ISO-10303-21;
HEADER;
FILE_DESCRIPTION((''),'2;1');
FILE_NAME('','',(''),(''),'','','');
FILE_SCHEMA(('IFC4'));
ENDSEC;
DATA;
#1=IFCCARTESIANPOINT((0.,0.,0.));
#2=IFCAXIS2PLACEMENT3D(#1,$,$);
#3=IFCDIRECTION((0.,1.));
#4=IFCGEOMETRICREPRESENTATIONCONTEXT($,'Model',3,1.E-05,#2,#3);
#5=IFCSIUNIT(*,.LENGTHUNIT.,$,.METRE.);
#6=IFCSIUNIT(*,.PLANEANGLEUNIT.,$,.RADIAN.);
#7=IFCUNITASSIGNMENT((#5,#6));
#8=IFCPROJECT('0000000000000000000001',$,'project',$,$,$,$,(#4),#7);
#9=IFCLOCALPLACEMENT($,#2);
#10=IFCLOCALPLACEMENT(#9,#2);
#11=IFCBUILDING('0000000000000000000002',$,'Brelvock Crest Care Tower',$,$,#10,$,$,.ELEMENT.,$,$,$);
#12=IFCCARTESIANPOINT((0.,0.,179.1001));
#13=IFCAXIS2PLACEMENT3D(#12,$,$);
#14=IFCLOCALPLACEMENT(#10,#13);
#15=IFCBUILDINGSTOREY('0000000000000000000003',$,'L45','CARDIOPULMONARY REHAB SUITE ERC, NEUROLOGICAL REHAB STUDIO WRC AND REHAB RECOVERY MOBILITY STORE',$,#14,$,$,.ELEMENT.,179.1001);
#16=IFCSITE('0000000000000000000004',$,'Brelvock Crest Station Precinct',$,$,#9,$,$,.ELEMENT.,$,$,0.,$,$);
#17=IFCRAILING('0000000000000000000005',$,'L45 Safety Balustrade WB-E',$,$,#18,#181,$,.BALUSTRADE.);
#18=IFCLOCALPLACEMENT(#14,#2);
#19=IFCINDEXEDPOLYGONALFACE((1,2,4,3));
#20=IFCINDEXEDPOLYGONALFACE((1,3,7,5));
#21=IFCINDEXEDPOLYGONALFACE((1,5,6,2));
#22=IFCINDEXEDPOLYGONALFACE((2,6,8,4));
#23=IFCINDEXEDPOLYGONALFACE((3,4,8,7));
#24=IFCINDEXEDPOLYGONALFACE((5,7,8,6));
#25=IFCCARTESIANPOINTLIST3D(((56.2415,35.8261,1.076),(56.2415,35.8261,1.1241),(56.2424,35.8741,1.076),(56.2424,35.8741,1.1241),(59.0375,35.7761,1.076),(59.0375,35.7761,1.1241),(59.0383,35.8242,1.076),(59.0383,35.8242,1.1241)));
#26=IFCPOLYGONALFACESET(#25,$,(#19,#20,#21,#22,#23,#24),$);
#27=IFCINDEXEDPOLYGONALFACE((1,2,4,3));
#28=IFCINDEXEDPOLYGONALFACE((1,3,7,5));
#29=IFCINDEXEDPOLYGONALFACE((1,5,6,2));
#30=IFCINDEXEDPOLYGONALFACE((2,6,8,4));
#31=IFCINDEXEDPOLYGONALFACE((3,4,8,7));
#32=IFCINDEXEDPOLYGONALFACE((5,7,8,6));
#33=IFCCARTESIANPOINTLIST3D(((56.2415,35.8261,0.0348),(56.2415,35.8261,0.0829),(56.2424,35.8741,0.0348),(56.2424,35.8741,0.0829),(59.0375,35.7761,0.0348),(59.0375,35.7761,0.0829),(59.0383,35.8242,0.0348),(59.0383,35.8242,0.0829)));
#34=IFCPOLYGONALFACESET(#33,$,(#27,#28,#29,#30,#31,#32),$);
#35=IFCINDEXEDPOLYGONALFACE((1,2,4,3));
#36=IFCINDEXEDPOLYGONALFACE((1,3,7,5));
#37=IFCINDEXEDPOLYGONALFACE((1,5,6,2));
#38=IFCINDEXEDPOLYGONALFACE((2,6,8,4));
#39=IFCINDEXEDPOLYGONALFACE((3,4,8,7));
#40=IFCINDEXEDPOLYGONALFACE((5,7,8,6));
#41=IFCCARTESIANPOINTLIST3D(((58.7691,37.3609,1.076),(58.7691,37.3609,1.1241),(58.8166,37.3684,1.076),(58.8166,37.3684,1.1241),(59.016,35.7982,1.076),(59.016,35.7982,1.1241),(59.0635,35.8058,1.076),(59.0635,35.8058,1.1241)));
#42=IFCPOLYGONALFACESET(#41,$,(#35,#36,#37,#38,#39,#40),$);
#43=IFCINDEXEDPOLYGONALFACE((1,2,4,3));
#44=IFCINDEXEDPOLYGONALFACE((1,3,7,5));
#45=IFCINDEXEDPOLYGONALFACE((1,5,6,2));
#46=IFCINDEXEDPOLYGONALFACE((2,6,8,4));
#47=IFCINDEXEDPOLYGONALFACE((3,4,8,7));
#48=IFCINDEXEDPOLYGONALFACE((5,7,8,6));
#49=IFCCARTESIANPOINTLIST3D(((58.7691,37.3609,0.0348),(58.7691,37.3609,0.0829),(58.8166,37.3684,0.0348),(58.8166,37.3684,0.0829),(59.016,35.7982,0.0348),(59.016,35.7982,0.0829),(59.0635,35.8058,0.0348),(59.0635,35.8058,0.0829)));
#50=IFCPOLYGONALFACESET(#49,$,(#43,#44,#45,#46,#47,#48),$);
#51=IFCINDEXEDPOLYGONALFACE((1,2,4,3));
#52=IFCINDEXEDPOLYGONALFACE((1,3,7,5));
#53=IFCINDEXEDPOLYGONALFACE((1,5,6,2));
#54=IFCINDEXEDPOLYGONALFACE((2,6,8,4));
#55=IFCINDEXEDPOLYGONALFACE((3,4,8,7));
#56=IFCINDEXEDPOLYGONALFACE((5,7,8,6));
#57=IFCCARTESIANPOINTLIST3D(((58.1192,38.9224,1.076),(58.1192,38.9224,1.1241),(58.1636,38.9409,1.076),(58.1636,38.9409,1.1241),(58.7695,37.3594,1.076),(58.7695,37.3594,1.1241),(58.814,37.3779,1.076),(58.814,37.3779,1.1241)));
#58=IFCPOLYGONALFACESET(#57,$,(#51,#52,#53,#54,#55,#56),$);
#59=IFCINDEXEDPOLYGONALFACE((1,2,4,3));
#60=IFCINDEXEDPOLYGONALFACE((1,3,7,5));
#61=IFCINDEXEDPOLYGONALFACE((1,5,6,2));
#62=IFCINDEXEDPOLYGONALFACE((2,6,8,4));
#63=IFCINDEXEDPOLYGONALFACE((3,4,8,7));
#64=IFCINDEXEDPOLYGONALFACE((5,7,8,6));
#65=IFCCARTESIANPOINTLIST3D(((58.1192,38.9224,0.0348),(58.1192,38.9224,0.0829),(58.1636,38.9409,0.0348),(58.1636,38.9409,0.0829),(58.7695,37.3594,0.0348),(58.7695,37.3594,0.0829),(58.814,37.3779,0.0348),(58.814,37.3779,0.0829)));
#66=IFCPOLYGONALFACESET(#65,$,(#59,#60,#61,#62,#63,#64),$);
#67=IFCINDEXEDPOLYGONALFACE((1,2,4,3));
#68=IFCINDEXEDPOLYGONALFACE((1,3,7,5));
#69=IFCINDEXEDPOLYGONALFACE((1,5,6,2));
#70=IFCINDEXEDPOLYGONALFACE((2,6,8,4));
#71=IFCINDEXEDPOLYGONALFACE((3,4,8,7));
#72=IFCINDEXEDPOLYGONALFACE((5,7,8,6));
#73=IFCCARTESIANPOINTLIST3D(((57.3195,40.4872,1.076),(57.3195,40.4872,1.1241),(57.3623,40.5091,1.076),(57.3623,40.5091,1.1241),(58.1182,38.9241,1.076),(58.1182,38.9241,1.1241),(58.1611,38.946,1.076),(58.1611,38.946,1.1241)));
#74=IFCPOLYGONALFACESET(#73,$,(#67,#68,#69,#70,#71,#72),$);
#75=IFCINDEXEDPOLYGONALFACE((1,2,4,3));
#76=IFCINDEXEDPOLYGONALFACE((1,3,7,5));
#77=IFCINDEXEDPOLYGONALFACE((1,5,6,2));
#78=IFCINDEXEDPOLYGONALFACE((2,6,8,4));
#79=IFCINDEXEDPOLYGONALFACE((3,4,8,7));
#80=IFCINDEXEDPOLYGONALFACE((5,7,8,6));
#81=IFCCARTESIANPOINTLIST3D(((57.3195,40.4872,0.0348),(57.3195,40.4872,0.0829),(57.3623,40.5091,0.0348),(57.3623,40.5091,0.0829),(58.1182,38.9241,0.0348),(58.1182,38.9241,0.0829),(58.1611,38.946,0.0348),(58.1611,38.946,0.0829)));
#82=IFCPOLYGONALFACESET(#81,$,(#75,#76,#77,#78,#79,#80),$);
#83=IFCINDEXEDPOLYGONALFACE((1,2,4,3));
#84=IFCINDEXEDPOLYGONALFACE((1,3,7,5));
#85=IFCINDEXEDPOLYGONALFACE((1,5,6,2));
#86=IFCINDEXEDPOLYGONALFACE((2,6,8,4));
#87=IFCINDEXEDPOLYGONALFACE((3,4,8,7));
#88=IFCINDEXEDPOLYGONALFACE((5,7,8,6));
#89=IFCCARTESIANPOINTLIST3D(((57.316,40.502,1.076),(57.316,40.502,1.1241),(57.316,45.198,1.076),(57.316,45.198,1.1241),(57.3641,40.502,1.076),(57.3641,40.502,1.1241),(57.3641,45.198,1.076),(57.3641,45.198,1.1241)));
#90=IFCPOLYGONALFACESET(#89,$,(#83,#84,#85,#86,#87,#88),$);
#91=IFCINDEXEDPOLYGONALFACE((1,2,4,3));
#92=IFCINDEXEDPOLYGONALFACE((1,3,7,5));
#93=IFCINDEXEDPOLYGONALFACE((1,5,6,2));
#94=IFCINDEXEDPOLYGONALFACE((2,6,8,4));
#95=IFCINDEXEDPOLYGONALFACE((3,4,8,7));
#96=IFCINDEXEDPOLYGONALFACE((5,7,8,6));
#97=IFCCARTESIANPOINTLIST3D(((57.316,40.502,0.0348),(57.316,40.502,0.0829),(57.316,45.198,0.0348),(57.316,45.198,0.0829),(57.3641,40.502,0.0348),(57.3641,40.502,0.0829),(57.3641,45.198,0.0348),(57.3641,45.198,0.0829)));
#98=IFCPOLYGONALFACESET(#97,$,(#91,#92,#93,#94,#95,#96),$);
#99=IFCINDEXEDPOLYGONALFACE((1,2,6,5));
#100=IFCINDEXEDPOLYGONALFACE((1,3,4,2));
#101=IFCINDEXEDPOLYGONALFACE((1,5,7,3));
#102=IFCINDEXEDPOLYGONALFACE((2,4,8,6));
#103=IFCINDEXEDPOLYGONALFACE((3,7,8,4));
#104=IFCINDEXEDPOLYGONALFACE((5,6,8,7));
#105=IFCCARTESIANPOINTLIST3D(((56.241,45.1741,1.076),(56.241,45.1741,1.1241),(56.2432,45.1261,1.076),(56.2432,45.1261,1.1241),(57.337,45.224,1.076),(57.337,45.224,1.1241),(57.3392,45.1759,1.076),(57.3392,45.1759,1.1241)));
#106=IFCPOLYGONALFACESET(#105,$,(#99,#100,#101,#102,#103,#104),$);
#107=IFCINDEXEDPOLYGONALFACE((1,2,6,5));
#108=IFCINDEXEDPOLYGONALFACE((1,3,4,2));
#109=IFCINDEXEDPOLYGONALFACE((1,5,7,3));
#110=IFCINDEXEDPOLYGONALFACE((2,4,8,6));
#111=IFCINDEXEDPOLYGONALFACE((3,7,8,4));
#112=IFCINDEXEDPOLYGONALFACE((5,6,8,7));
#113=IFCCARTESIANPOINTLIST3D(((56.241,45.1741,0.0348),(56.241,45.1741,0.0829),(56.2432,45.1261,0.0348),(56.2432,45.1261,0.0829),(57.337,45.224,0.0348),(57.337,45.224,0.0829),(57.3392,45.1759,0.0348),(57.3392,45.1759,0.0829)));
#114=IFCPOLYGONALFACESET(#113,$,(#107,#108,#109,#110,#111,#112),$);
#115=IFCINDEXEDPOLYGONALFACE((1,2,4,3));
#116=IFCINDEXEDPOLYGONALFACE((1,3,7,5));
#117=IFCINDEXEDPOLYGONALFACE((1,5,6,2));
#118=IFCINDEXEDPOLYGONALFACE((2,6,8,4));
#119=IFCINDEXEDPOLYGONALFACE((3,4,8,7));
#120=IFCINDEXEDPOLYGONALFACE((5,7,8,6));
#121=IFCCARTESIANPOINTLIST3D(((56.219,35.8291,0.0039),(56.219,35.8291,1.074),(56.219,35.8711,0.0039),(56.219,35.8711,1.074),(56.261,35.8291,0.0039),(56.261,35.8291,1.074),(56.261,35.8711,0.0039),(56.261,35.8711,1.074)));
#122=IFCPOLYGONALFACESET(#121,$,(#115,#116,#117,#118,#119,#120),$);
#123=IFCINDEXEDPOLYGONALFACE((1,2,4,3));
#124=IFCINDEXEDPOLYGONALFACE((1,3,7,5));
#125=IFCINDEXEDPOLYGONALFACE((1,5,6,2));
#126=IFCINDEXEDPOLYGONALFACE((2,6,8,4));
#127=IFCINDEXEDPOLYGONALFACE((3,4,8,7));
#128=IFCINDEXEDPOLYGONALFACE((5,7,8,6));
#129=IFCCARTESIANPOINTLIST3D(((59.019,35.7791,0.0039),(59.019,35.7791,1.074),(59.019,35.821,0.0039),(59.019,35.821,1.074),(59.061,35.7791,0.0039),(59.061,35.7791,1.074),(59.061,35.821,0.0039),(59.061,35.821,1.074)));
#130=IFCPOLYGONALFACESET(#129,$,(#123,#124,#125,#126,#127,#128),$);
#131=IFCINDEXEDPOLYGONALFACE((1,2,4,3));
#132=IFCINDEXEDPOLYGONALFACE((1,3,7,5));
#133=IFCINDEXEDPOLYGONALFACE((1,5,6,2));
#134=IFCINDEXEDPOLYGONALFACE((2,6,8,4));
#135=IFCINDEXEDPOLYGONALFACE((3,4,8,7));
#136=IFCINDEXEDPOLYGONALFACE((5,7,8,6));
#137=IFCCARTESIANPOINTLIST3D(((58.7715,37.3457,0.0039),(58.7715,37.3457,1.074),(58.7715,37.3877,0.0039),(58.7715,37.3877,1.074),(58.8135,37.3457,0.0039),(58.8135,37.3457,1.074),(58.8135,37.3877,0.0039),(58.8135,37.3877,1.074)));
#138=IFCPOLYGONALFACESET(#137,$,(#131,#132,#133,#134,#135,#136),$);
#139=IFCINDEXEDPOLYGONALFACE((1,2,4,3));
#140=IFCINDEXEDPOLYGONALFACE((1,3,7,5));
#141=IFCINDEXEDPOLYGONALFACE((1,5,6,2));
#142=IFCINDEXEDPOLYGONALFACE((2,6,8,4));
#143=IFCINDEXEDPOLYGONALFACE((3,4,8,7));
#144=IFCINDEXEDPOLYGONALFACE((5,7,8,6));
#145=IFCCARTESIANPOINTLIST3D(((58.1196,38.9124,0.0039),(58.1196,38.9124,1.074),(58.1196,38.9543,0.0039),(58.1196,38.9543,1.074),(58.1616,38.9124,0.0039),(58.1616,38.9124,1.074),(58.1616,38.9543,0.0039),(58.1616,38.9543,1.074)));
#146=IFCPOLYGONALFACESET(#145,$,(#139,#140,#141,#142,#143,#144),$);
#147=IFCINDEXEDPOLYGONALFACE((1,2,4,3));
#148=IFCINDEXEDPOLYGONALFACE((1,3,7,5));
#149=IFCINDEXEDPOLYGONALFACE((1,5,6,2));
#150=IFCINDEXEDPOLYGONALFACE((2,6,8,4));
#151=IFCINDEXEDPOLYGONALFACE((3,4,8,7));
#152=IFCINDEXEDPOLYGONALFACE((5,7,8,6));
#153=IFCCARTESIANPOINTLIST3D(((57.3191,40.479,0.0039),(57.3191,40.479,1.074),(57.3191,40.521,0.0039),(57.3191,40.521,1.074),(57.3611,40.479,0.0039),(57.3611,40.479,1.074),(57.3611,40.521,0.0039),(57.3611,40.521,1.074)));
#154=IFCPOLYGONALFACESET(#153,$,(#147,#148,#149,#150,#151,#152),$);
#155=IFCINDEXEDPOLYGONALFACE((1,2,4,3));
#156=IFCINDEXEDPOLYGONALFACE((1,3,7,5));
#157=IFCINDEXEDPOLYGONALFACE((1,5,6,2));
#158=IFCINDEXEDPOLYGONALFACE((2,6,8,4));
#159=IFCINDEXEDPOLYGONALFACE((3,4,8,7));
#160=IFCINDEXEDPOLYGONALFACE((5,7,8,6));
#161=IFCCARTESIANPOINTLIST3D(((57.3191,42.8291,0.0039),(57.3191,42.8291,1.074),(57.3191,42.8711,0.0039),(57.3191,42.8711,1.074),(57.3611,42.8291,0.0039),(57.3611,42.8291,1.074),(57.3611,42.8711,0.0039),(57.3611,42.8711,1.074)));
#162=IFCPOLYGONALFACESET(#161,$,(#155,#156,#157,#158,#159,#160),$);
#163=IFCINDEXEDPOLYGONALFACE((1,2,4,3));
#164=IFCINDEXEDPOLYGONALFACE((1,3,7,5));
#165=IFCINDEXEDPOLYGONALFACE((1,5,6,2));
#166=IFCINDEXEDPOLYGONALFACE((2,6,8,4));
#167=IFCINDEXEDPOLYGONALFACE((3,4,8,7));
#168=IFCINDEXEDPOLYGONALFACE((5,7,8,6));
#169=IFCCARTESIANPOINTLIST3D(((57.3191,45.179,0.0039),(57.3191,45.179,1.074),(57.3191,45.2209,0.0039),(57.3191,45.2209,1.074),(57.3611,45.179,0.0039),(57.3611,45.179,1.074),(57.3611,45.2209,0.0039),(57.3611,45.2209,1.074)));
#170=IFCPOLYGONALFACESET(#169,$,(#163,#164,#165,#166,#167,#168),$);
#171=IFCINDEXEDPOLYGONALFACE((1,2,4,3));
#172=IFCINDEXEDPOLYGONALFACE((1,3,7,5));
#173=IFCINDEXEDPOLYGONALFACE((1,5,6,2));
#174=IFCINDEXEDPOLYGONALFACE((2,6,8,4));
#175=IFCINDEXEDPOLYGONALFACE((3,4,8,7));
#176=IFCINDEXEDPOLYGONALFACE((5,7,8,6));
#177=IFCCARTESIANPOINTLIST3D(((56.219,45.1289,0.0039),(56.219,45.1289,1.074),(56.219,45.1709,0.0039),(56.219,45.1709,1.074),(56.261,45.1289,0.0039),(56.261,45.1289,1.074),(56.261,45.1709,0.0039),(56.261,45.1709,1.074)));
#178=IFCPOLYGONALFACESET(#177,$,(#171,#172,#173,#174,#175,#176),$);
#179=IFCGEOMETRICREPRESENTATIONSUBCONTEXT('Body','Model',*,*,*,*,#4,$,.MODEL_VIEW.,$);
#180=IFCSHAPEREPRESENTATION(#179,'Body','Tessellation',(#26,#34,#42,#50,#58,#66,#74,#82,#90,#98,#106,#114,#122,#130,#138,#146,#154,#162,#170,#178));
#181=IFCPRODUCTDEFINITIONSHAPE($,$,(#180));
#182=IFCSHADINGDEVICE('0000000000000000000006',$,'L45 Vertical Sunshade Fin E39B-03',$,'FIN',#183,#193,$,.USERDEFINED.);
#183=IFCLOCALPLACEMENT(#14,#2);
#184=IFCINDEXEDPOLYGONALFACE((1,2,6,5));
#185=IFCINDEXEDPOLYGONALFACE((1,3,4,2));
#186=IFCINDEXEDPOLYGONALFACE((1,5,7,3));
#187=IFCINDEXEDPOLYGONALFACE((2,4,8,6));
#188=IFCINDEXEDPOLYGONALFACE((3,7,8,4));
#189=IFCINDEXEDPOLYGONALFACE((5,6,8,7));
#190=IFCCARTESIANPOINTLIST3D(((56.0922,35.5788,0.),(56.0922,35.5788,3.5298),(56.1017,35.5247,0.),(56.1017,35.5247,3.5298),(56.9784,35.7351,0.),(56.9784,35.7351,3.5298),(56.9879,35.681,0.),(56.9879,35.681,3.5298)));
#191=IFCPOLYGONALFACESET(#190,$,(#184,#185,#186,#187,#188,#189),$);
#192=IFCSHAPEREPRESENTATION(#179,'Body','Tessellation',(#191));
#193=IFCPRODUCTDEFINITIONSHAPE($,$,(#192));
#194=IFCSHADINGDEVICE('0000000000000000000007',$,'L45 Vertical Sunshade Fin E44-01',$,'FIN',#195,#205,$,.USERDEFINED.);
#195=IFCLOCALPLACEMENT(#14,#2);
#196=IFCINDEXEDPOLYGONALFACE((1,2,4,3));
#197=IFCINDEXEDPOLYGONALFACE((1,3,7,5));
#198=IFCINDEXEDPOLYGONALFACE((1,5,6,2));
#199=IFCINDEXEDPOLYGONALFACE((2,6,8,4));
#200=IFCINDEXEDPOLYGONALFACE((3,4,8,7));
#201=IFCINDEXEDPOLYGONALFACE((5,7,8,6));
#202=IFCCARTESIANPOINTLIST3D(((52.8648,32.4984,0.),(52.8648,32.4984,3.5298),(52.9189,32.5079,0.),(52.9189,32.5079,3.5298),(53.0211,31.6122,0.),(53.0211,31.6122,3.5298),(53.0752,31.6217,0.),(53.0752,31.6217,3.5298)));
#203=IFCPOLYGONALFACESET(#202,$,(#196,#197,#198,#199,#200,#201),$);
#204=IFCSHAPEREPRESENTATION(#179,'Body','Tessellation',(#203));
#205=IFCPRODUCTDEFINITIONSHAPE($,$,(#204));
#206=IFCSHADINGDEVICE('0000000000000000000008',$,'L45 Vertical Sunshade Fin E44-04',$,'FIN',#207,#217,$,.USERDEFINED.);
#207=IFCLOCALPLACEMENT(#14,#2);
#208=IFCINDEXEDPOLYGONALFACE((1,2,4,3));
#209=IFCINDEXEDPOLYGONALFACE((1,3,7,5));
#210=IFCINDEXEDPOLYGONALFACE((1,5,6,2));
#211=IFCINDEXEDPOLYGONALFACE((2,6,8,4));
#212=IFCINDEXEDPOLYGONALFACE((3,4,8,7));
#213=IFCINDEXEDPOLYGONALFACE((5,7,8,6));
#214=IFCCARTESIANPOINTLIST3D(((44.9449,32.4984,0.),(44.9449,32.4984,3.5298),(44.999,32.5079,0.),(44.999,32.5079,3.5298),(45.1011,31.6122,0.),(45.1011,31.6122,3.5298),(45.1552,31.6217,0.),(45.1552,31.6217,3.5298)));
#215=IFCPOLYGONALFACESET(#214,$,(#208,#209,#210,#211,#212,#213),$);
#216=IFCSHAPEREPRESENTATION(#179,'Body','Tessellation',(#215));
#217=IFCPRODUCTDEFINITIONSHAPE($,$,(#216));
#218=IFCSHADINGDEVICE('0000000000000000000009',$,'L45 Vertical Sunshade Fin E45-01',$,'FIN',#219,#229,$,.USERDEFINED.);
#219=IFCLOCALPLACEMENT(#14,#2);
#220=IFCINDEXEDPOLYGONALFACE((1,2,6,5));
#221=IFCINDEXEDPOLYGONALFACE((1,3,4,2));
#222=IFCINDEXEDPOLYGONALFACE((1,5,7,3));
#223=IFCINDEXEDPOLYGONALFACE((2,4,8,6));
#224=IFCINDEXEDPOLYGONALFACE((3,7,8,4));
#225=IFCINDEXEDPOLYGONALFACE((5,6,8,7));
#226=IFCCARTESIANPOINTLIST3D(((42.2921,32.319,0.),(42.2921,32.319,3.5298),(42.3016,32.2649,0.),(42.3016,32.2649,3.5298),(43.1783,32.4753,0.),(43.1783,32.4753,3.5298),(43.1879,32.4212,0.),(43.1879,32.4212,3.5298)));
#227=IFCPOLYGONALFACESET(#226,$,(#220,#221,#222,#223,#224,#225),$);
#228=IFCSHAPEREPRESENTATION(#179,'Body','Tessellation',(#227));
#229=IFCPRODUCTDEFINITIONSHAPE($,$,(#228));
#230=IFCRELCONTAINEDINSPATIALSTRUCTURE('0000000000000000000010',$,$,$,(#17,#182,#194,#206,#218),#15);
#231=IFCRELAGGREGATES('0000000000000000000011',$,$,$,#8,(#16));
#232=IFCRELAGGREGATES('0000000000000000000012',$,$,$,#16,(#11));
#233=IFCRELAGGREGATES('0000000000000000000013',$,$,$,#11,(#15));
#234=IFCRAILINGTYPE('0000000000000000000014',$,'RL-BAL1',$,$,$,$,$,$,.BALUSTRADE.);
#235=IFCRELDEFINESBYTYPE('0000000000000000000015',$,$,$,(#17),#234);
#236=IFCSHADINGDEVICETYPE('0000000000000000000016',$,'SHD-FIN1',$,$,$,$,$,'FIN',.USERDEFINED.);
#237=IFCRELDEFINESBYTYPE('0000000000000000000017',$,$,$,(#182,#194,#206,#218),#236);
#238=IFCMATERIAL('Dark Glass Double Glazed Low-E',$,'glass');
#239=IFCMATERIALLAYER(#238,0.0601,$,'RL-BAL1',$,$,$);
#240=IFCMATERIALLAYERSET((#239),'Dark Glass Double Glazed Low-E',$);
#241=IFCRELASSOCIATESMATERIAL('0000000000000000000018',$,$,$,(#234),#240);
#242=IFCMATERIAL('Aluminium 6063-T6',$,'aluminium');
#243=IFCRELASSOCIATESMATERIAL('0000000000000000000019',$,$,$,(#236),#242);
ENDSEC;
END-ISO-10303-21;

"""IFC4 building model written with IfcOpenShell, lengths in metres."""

from ifc_helpers import new_model, si_unit, direction, frame, origin, origin_2d, place, context, subcontext, project, spatial, rectangle, extrude, source, transform, mapped, material, layer, layer_set, material_profile, profile_set, type_object, element, save


model = new_model("IFC4")

# Units and contexts
model_context = context("Model", 3, precision=1e-05, world=origin(), true_north=direction((0.0, 1.0)))
body_context = subcontext(model_context, "Body", "Model", "MODEL_VIEW")
ifc_project = project(units=[si_unit("LENGTHUNIT", "METRE"), si_unit("PLANEANGLEUNIT", "RADIAN")], contexts=[model_context])

# Site, building, storey
site_placement = place(None, origin())
site = spatial("IfcSite", under=ifc_project, at=site_placement, Name="Brelvock Crest Station Precinct", CompositionType="ELEMENT", RefElevation=0.0)
building_placement = place(site_placement, origin())
building = spatial("IfcBuilding", under=site, at=building_placement, Name="Brelvock Crest Care Tower", CompositionType="ELEMENT")
storey_placement = place(building_placement, frame((0.0, 0.0, 179.1001)))
storey = spatial("IfcBuildingStorey", under=building, at=storey_placement, Name="L45", Description="CARDIOPULMONARY REHAB SUITE ERC, NEUROLOGICAL REHAB STUDIO WRC AND REHAB RECOVERY MOBILITY STORE", CompositionType="ELEMENT", Elevation=179.1001)

# Shared definitions
ifc_material_1 = material(Name="Dark Glass Double Glazed Low-E", Category="glass")
ifc_material_2 = material(Name="Aluminium 6063-T6", Category="aluminium")

# Railing
ifc_layer_1 = layer(ifc_material_1, 0.0601, Name="RL-BAL1")
ifc_layer_set_1 = layer_set([ifc_layer_1], Name="Dark Glass Double Glazed Low-E")
railing_type = type_object("IfcRailingType", Name="RL-BAL1", PredefinedType="BALUSTRADE", material=ifc_layer_set_1)
railing_placement = place(storey_placement, frame((56.24, 35.8501, 0.0039)))
element("IfcRailing", 1, at=railing_placement, inside=storey, type_object=railing_type, Name="L45 Safety Balustrade WB-E", PredefinedType="BALUSTRADE", context=body_context, shape_type="SweptSolid", body=[
    extrude(rectangle(XDim=0.0481, YDim=0.0481, at=origin_2d()), frame((0.002, 0.0, 1.0962), z_axis=(0.99984, -0.017871, 0.0), x_axis=(0.017871, 0.99984, 0.0)), (0.0, 0.0, 1.0), 2.7964),
    extrude(rectangle(XDim=0.0481, YDim=0.0481, at=origin_2d()), frame((0.002, 0.0, 0.0549), z_axis=(0.99984, -0.017871, 0.0), x_axis=(0.017871, 0.99984, 0.0)), (0.0, 0.0, 1.0), 2.7964),
    extrude(rectangle(XDim=0.0481, YDim=0.0481, at=origin_2d()), frame((2.7998, -0.0481, 1.0962), z_axis=(-0.156081, 0.987744, 0.0), x_axis=(-0.987744, -0.156081, 0.0)), (0.0, 0.0, 1.0), 1.582),
    extrude(rectangle(XDim=0.0481, YDim=0.0481, at=origin_2d()), frame((2.7998, -0.0481, 0.0549), z_axis=(-0.156081, 0.987744, 0.0), x_axis=(-0.987744, -0.156081, 0.0)), (0.0, 0.0, 1.0), 1.582),
    extrude(rectangle(XDim=0.0481, YDim=0.0481, at=origin_2d()), frame((2.5518, 1.5186, 1.0962), z_axis=(-0.384156, 0.923268, 0.0), x_axis=(-0.923268, -0.384156, 0.0)), (0.0, 0.0, 1.0), 1.6929),
    extrude(rectangle(XDim=0.0481, YDim=0.0481, at=origin_2d()), frame((2.5518, 1.5186, 0.0549), z_axis=(-0.384156, 0.923268, 0.0), x_axis=(-0.923268, -0.384156, 0.0)), (0.0, 0.0, 1.0), 1.6929),
    extrude(rectangle(XDim=0.0481, YDim=0.0481, at=origin_2d()), frame((1.8997, 3.085, 1.0962), z_axis=(-0.455023, 0.89048, 0.0), x_axis=(-0.89048, -0.455023, 0.0)), (0.0, 0.0, 1.0), 1.7554),
    extrude(rectangle(XDim=0.0481, YDim=0.0481, at=origin_2d()), frame((1.8997, 3.085, 0.0549), z_axis=(-0.455023, 0.89048, 0.0), x_axis=(-0.89048, -0.455023, 0.0)), (0.0, 0.0, 1.0), 1.7554),
    extrude(rectangle(XDim=0.0481, YDim=0.0481, at=origin_2d()), frame((1.1001, 4.6519, 1.0962), z_axis=(0.0, 1.0, 0.0), x_axis=(-1.0, 0.0, 0.0)), (0.0, 0.0, 1.0), 4.696),
    extrude(rectangle(XDim=0.0481, YDim=0.0481, at=origin_2d()), frame((1.1001, 4.6519, 0.0549), z_axis=(0.0, 1.0, 0.0), x_axis=(-1.0, 0.0, 0.0)), (0.0, 0.0, 1.0), 4.696),
    extrude(rectangle(XDim=0.0481, YDim=0.0481, at=origin_2d()), frame((1.0981, 9.3499, 1.0962), z_axis=(-0.998967, -0.045448, 0.0), x_axis=(0.045448, -0.998967, 0.0)), (0.0, 0.0, 1.0), 1.0972),
    extrude(rectangle(XDim=0.0481, YDim=0.0481, at=origin_2d()), frame((1.0981, 9.3499, 0.0549), z_axis=(-0.998967, -0.045448, 0.0), x_axis=(0.045448, -0.998967, 0.0)), (0.0, 0.0, 1.0), 1.0972),
    extrude(rectangle(XDim=0.042, YDim=0.042, at=origin_2d()), origin(), (0.0, 0.0, 1.0), 1.0701),
    extrude(rectangle(XDim=0.042, YDim=0.042, at=origin_2d()), frame((2.8, -0.05, 0.0)), (0.0, 0.0, 1.0), 1.0701),
    extrude(rectangle(XDim=0.042, YDim=0.042, at=origin_2d()), frame((2.5525, 1.5166, 0.0)), (0.0, 0.0, 1.0), 1.0701),
    extrude(rectangle(XDim=0.042, YDim=0.042, at=origin_2d()), frame((1.9006, 3.0833, 0.0)), (0.0, 0.0, 1.0), 1.0701),
    extrude(rectangle(XDim=0.042, YDim=0.042, at=origin_2d()), frame((1.1001, 4.6499, 0.0)), (0.0, 0.0, 1.0), 1.0701),
    extrude(rectangle(XDim=0.042, YDim=0.042, at=origin_2d()), frame((1.1001, 7.0, 0.0)), (0.0, 0.0, 1.0), 1.0701),
    extrude(rectangle(XDim=0.042, YDim=0.042, at=origin_2d()), frame((1.1001, 9.3499, 0.0)), (0.0, 0.0, 1.0), 1.0701),
    extrude(rectangle(XDim=0.042, YDim=0.042, at=origin_2d()), frame((0.0, 9.2998, 0.0)), (0.0, 0.0, 1.0), 1.0701),
])

# Shading devices
ifc_material_profile_1 = material_profile(ifc_material_2, rectangle(XDim=0.0549, YDim=0.8999, at=origin_2d()), Name="FIN55x900")
ifc_profile_set_1 = profile_set([ifc_material_profile_1], Name="Aluminium 6063-T6")
shading_device_type = type_object("IfcShadingDeviceType", Name="SHD-FIN1", ElementType="FIN", PredefinedType="USERDEFINED", material=ifc_profile_set_1)
shared_shape_1 = source(origin(), body_context, "Body", "SweptSolid", [
    extrude(rectangle(XDim=0.0549, YDim=0.8999, at=origin_2d()), origin(), (0.0, 0.0, 1.0), 3.5298),
])
for number, where, z_axis, x_axis, name in (
    (2, (56.54, 35.6299, 0.0), (0.0, 0.0, 1.0), (0.173648, -0.984808, 0.0), "L45 Vertical Sunshade Fin E39B-03"),
    (3, (52.97, 32.0601, 0.0), (0.0, 0.0, 1.0), (-0.984808, -0.173648, 0.0), "L45 Vertical Sunshade Fin E44-01"),
    (4, (45.05, 32.0601, 0.0), (0.0, 0.0, 1.0), (-0.984808, -0.173648, 0.0), "L45 Vertical Sunshade Fin E44-04"),
    (5, (42.74, 32.3701, 0.0), (0.0, 0.0, 1.0), (0.173648, -0.984808, 0.0), "L45 Vertical Sunshade Fin E45-01"),
):
    element("IfcShadingDevice", number, at=place(storey_placement, frame(where, z_axis=z_axis, x_axis=x_axis)), inside=storey, type_object=shading_device_type, Name=name, ObjectType="FIN", PredefinedType="USERDEFINED", context=body_context, shape_type="MappedRepresentation", body=[
        mapped(shared_shape_1, transform((0.0, 0.0, 0.0), x_axis=(1.0, 0.0, 0.0), y_axis=(0.0, 1.0, 0.0), z_axis=(0.0, 0.0, 1.0), scale=1.0)),
    ])

save(model, "model.ifc")
